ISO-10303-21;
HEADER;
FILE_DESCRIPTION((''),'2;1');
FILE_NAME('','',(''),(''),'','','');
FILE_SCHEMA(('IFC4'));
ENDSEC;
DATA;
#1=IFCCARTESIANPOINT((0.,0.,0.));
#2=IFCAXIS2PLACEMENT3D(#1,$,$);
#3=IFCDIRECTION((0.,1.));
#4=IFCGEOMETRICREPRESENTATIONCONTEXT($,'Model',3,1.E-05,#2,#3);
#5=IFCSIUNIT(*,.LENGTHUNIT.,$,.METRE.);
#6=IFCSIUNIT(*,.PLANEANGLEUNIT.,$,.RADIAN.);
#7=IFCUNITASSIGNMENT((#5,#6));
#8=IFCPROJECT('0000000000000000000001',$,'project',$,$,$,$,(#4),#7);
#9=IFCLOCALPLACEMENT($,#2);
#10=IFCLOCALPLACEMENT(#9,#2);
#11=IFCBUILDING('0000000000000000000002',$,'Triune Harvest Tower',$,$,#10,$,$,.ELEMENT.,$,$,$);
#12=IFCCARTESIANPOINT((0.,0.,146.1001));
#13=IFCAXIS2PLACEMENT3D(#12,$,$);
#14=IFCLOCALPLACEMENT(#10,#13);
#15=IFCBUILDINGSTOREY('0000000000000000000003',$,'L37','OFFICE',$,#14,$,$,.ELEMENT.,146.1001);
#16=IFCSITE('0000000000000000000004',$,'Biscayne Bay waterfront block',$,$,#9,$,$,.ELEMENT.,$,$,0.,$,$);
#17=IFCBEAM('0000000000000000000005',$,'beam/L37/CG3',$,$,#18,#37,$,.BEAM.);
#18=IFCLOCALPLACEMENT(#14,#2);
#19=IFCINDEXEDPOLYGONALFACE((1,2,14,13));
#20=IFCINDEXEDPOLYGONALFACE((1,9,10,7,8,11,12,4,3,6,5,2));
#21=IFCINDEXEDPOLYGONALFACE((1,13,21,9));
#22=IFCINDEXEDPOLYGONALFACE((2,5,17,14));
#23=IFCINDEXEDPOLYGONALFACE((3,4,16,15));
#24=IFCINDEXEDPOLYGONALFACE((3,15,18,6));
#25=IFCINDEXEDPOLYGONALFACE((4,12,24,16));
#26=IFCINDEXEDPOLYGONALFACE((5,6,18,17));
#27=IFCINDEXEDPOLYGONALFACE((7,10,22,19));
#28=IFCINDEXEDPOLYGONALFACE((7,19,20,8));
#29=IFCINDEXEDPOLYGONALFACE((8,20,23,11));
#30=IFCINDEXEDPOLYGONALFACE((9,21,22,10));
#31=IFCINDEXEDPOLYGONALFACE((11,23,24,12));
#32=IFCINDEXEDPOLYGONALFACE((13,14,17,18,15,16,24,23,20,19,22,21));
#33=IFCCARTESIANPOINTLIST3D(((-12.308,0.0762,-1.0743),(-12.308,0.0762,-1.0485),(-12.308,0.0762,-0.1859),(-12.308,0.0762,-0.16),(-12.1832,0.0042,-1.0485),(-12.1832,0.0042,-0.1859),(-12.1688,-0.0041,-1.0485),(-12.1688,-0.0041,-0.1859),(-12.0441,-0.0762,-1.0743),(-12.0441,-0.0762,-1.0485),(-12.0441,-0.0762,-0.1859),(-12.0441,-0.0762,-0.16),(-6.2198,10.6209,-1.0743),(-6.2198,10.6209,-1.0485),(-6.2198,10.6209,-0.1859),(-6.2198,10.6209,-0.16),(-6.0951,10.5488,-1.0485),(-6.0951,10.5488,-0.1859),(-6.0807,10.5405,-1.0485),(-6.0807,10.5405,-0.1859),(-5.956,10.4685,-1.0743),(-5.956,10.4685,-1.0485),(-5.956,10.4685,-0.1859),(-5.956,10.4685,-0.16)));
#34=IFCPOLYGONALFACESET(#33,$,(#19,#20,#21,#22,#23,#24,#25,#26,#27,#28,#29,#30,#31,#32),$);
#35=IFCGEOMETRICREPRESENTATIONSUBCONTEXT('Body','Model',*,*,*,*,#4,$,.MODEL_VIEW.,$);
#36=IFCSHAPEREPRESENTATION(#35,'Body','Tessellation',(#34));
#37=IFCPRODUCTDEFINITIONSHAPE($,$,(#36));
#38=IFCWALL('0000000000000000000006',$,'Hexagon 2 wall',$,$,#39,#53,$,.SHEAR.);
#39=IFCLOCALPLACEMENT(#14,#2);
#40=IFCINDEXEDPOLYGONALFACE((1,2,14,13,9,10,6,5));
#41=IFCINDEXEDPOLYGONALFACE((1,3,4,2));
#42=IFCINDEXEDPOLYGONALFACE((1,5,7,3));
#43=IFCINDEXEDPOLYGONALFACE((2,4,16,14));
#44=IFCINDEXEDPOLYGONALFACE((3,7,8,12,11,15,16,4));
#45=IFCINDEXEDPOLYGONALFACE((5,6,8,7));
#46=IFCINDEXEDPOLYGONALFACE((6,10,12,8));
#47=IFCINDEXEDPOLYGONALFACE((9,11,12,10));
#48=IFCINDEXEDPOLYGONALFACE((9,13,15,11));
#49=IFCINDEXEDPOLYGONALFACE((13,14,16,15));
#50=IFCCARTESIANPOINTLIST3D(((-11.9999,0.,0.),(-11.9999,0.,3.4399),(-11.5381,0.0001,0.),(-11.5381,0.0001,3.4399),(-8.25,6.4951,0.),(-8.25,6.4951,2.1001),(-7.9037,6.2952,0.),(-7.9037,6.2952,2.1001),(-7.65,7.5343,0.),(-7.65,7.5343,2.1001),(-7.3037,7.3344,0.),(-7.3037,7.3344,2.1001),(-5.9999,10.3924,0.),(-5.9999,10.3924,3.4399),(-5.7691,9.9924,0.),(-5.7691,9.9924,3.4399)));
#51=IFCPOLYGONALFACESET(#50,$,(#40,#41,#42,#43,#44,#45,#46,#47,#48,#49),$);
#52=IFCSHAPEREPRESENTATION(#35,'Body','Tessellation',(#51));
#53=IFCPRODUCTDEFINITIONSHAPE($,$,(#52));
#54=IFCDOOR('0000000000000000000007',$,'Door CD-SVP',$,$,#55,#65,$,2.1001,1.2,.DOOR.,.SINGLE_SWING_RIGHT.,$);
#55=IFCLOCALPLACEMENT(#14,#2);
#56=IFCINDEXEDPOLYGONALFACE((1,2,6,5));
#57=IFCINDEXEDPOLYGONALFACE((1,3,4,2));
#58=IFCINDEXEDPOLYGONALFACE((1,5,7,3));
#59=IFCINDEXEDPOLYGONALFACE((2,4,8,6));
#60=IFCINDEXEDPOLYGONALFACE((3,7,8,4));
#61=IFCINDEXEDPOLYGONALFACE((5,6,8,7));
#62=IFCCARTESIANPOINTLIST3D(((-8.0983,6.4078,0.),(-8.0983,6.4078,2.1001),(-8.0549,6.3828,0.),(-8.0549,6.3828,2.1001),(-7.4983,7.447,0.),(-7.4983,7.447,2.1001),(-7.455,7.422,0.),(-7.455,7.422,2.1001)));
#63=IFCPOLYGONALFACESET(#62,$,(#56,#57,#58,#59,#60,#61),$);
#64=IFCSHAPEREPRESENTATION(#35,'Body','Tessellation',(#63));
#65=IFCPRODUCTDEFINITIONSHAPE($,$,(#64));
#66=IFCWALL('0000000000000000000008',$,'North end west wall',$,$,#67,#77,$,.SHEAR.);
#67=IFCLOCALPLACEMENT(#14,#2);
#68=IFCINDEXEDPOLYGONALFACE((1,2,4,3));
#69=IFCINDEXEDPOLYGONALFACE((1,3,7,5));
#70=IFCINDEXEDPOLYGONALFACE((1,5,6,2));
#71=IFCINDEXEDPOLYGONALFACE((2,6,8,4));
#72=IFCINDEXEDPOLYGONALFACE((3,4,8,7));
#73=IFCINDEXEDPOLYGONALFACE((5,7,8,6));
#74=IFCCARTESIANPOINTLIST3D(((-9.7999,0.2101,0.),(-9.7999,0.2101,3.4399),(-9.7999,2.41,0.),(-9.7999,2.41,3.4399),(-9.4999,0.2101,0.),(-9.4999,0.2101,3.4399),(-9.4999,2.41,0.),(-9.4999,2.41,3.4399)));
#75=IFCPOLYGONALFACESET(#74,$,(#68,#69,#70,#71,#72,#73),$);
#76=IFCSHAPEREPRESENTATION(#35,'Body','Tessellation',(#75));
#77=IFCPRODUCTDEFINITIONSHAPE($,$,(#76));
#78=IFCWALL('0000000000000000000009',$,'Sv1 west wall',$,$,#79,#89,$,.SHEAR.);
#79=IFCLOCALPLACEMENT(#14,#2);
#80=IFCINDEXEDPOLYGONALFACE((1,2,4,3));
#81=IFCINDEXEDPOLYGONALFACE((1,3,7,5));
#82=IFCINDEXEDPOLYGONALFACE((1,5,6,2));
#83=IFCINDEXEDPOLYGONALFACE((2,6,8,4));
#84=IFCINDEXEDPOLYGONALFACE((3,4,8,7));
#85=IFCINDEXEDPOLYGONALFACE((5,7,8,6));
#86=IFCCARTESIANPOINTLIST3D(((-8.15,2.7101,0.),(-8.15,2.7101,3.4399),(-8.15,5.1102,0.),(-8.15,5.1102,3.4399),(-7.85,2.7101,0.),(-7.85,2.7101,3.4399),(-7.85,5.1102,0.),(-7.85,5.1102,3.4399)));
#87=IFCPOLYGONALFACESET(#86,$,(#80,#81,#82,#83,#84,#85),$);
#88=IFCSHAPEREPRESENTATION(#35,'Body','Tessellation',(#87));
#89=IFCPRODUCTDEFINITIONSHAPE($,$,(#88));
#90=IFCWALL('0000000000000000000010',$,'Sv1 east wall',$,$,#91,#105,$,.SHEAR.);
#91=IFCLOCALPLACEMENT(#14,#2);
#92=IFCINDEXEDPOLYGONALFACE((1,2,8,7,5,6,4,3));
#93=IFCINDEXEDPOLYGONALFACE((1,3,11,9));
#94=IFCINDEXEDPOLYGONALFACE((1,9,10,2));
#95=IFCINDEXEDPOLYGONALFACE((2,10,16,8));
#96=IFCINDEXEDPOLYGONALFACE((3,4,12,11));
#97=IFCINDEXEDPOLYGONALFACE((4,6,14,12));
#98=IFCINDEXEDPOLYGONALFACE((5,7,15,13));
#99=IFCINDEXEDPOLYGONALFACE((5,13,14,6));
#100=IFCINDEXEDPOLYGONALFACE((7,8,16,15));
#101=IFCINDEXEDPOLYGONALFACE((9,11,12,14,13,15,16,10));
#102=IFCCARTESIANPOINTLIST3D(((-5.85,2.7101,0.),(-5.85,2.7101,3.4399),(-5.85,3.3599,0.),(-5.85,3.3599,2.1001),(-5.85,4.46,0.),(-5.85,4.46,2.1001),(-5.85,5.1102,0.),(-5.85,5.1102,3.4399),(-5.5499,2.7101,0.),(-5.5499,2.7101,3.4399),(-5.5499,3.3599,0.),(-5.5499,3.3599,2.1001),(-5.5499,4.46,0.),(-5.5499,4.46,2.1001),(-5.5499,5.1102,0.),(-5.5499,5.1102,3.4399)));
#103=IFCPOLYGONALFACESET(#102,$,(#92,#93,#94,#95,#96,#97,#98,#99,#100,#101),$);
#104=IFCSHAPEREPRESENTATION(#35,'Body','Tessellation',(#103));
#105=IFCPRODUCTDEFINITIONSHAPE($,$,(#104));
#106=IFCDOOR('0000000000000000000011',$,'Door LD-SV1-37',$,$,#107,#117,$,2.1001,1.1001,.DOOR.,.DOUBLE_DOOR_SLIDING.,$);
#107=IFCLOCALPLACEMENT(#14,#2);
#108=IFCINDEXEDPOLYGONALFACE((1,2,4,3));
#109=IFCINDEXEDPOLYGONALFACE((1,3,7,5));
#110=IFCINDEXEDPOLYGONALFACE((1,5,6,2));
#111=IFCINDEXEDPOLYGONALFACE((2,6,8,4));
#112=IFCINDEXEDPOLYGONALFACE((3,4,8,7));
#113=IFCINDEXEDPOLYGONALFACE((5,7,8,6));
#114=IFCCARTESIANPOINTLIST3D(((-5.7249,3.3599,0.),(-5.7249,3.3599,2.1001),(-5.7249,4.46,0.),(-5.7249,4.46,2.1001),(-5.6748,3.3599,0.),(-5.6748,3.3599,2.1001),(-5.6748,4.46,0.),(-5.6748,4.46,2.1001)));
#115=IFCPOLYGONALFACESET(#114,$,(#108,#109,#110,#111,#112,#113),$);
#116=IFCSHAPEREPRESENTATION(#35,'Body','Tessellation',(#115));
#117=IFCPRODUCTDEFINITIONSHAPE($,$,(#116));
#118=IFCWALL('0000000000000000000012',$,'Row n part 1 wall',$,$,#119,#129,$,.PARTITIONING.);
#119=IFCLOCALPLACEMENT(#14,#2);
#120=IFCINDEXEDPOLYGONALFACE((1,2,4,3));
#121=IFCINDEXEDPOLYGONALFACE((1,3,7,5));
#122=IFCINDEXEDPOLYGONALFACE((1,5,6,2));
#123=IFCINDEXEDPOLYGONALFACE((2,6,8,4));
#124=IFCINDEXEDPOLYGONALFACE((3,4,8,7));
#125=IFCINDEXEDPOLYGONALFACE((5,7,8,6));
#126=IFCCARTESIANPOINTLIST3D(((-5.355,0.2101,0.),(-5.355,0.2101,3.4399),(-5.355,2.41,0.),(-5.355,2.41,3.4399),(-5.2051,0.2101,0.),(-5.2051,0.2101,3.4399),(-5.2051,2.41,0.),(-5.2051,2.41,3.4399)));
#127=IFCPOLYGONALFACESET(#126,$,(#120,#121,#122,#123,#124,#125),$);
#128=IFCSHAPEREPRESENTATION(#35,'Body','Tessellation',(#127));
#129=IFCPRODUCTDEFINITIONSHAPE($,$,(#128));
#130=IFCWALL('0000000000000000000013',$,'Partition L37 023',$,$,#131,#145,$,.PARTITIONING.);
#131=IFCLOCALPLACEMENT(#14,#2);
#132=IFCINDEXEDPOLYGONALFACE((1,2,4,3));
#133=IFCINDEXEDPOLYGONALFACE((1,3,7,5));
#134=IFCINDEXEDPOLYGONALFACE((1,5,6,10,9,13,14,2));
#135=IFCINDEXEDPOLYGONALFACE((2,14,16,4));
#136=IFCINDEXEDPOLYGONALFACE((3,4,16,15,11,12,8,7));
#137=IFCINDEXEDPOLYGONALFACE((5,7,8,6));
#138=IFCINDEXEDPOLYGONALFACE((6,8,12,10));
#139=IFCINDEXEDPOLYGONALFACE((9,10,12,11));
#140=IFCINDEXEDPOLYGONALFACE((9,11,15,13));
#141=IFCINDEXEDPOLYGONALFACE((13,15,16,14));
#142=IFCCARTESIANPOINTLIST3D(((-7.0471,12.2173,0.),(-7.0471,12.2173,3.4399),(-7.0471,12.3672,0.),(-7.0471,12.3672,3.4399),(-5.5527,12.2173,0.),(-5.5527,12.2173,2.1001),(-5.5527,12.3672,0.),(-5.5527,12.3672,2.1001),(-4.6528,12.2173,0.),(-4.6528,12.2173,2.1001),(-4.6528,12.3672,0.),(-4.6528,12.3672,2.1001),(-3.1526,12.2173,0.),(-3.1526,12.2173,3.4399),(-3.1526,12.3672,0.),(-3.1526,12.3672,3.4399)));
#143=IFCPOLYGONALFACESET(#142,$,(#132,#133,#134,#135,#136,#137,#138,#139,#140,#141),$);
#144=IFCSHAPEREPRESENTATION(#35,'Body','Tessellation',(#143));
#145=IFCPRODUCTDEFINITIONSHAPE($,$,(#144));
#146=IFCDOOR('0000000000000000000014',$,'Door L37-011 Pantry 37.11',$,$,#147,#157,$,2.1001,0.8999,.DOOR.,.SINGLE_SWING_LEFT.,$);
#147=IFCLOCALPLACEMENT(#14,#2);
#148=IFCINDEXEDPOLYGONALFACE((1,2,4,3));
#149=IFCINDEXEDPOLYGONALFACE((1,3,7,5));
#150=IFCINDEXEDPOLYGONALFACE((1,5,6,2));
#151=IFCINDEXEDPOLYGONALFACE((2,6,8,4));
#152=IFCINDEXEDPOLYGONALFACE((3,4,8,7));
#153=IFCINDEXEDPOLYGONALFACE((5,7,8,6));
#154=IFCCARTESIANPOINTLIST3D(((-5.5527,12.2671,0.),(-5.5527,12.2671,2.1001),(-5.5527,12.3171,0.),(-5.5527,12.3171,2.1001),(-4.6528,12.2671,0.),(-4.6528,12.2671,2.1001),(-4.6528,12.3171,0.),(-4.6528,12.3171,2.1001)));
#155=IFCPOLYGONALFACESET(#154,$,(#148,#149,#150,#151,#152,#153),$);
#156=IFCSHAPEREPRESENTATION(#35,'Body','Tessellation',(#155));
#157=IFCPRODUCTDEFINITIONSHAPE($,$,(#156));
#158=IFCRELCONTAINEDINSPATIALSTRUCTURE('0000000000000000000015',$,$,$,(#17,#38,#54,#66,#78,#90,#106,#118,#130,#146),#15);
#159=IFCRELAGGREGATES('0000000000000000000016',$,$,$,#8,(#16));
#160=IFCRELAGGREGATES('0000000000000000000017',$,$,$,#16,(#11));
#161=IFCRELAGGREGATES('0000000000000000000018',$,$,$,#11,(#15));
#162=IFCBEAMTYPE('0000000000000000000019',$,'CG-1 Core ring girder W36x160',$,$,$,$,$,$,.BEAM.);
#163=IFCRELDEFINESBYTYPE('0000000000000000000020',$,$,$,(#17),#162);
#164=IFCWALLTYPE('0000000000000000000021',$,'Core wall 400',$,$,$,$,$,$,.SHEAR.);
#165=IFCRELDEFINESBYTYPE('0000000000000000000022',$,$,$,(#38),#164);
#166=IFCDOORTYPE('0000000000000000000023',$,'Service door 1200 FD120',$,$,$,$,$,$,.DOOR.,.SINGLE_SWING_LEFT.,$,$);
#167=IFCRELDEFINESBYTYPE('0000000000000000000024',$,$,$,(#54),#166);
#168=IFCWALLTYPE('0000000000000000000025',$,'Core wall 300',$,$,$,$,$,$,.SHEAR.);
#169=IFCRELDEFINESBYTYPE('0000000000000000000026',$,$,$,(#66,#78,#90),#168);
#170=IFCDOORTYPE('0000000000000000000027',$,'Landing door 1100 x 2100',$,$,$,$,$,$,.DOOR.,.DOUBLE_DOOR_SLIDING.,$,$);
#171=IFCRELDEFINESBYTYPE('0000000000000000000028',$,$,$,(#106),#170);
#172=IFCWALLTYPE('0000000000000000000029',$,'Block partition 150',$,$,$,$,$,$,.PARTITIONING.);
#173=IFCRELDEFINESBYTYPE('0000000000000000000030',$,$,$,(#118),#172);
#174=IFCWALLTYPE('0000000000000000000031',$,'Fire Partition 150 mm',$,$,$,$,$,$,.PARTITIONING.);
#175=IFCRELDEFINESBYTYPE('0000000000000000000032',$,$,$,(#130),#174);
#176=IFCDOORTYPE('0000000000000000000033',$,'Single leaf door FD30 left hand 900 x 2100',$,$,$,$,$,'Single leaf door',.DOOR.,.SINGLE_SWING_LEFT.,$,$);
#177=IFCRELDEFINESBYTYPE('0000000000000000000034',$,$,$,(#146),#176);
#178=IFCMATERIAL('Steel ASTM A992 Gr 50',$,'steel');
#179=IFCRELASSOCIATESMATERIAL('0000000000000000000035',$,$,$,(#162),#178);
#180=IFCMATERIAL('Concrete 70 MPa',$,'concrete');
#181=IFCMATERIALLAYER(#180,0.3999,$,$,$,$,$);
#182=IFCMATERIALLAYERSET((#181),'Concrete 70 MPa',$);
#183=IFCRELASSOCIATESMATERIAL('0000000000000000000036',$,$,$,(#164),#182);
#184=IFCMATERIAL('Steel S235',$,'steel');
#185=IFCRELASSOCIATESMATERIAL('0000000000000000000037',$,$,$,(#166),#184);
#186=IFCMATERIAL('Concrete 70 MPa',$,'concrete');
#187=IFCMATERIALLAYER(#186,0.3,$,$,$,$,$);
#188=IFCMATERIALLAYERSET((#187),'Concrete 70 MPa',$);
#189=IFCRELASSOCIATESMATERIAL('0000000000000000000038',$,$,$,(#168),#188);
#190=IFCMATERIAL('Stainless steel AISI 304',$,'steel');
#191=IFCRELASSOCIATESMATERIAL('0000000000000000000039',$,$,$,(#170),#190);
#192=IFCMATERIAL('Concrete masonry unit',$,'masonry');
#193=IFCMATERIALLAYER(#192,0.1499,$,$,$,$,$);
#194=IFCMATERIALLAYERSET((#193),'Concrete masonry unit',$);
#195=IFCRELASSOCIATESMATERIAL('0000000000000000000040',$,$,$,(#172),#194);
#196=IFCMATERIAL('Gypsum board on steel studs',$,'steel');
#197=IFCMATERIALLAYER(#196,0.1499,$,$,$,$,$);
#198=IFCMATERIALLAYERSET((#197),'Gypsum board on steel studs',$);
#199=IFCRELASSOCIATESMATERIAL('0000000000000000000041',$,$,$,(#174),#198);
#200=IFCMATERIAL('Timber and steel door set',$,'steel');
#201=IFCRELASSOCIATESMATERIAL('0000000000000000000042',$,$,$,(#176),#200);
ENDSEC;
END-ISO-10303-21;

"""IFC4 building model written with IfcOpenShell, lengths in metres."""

from ifc_helpers import new_model, si_unit, direction, frame, frame_2d, origin, origin_2d, place, context, subcontext, project, spatial, polyline, rectangle, i_section, outline, extrude, source, transform, mapped, material, layer, layer_set, material_profile, profile_set, type_object, element, fill, save


model = new_model("IFC4")

# Units and contexts
model_context = context("Model", 3, precision=1e-05, world=origin(), true_north=direction((0.0, 1.0)))
body_context = subcontext(model_context, "Body", "Model", "MODEL_VIEW")
ifc_project = project(units=[si_unit("LENGTHUNIT", "METRE"), si_unit("PLANEANGLEUNIT", "RADIAN")], contexts=[model_context])

# Site, building, storey
site_placement = place(None, origin())
site = spatial("IfcSite", under=ifc_project, at=site_placement, Name="Biscayne Bay waterfront block", CompositionType="ELEMENT", RefElevation=0.0)
building_placement = place(site_placement, origin())
building = spatial("IfcBuilding", under=site, at=building_placement, Name="Triune Harvest Tower", CompositionType="ELEMENT")
storey_placement = place(building_placement, frame((0.0, 0.0, 146.1001)))
storey = spatial("IfcBuildingStorey", under=building, at=storey_placement, Name="L37", Description="OFFICE", CompositionType="ELEMENT", Elevation=146.1001)

# Beam
ifc_material_1 = material(Name="Steel ASTM A992 Gr 50", Category="steel")
ifc_material_profile = material_profile(ifc_material_1, i_section(OverallWidth=0.3047, OverallDepth=0.9143, WebThickness=0.0166, FlangeThickness=0.0259, at=origin_2d()), Name="W36x160")
ifc_profile_set = profile_set([ifc_material_profile], Name="Steel ASTM A992 Gr 50")
beam_type = type_object("IfcBeamType", Name="CG-1 Core ring girder W36x160", PredefinedType="BEAM", material=ifc_profile_set)
shared_shape_1 = source(origin(), body_context, "Body", "SweptSolid", [
    extrude(i_section(OverallWidth=0.3047, OverallDepth=0.9143, WebThickness=0.0166, FlangeThickness=0.0259, at=origin_2d()), origin(), (0.0, 0.0, 1.0), 12.176),
])
beam_placement = place(storey_placement, frame((-6.0879, 10.5447, -0.6172), z_axis=(-0.50001, -0.86602, 0.0), x_axis=(0.86602, -0.50001, 0.0)))
element("IfcBeam", 1, at=beam_placement, inside=storey, type_object=beam_type, Name="beam/L37/CG3", PredefinedType="BEAM", context=body_context, shape_type="MappedRepresentation", body=[
    mapped(shared_shape_1, transform((0.0, 0.0, 0.0), scale=1.0)),
])

# Wall, opening, door
ifc_material_2 = material(Name="Concrete 70 MPa", Category="concrete")
ifc_layer_1 = layer(ifc_material_2, 0.3999)
ifc_layer_set_1 = layer_set([ifc_layer_1], Name="Concrete 70 MPa")
wall_type_1 = type_object("IfcWallType", Name="Core wall 400", PredefinedType="SHEAR", material=ifc_layer_set_1)
shared_shape_2 = source(origin(), body_context, "Body", "SweptSolid", [
    extrude(outline(polyline([(-0.1155, -0.2), (11.8845, -0.2), (11.6536, 0.2), (0.1155, 0.2), (-0.1155, -0.2)])), origin(), (0.0, 0.0, 1.0), 3.4399),
])
wall_1_placement = place(storey_placement, frame((-5.8845, 10.1924, 0.0), z_axis=(0.0, 0.0, 1.0), x_axis=(-0.499997, -0.866027, 0.0)))
wall_1 = element("IfcWall", 2, at=wall_1_placement, inside=storey, type_object=wall_type_1, Name="Hexagon 2 wall", PredefinedType="SHEAR", context=body_context, shape_type="MappedRepresentation", body=[
    mapped(shared_shape_2, transform((0.0, 0.0, 0.0), scale=1.0)),
])
opening_1_placement = place(wall_1_placement, frame((3.1846, 0.0, 0.0)))
opening_1 = element("IfcOpeningElement", 3, at=opening_1_placement, cuts=wall_1, PredefinedType="OPENING", context=body_context, shape_type="SweptSolid", body=[
    extrude(rectangle(XDim=1.2, YDim=2.1001, at=frame_2d((0.6001, 1.05))), frame((0.0, 0.21, 0.0), z_axis=(0.0, -1.0, 0.0), x_axis=(1.0, 0.0, 0.0)), (0.0, 0.0, 1.0), 0.4199),
])
ifc_material_3 = material(Name="Steel S235", Category="steel")
door_type_1 = type_object("IfcDoorType", Name="Service door 1200 FD120", OperationType="SINGLE_SWING_LEFT", PredefinedType="DOOR", material=ifc_material_3)
door_1_placement = place(opening_1_placement, frame((1.2, 0.0, 0.0), z_axis=(0.0, 0.0, 1.0), x_axis=(-1.0, 0.0, 0.0)))
door_1 = element("IfcDoor", 4, at=door_1_placement, inside=storey, type_object=door_type_1, Name="Door CD-SVP", OperationType="SINGLE_SWING_RIGHT", OverallHeight=2.1001, OverallWidth=1.2, PredefinedType="DOOR", context=body_context, shape_type="SweptSolid", body=[
    extrude(rectangle(XDim=1.2, YDim=2.1001, at=frame_2d((0.6001, 1.05))), frame((0.0, 0.0249, 0.0), z_axis=(0.0, -1.0, 0.0), x_axis=(1.0, 0.0, 0.0)), (0.0, 0.0, 1.0), 0.05),
])
fill(opening_1, door_1)

# Walls
ifc_material_4 = material(Name="Concrete 70 MPa", Category="concrete")
ifc_layer_2 = layer(ifc_material_4, 0.3)
ifc_layer_set_2 = layer_set([ifc_layer_2], Name="Concrete 70 MPa")
wall_type_2 = type_object("IfcWallType", Name="Core wall 300", PredefinedType="SHEAR", material=ifc_layer_set_2)
shared_shape_3 = source(origin(), body_context, "Body", "SweptSolid", [
    extrude(rectangle(XDim=2.2, YDim=0.3, at=frame_2d((1.1001, 0.0))), origin(), (0.0, 0.0, 1.0), 3.4399),
])
wall_2_placement = place(storey_placement, frame((-9.6499, 0.21, 0.0), z_axis=(0.0, 0.0, 1.0), x_axis=(0.0, 1.0, 0.0)))
element("IfcWall", 5, at=wall_2_placement, inside=storey, type_object=wall_type_2, Name="North end west wall", PredefinedType="SHEAR", context=body_context, shape_type="MappedRepresentation", body=[
    mapped(shared_shape_3, transform((0.0, 0.0, 0.0), scale=1.0)),
])
shared_shape_4 = source(origin(), body_context, "Body", "SweptSolid", [
    extrude(rectangle(XDim=2.4001, YDim=0.3, at=frame_2d((1.2002, 0.0))), origin(), (0.0, 0.0, 1.0), 3.4399),
])
wall_3_placement = place(storey_placement, frame((-8.0, 2.71, 0.0), z_axis=(0.0, 0.0, 1.0), x_axis=(0.0, 1.0, 0.0)))
element("IfcWall", 6, at=wall_3_placement, inside=storey, type_object=wall_type_2, Name="Sv1 west wall", PredefinedType="SHEAR", context=body_context, shape_type="MappedRepresentation", body=[
    mapped(shared_shape_4, transform((0.0, 0.0, 0.0), scale=1.0)),
])

# Wall, opening, door
wall_4_placement = place(storey_placement, frame((-5.7, 2.71, 0.0), z_axis=(0.0, 0.0, 1.0), x_axis=(0.0, 1.0, 0.0)))
wall_4 = element("IfcWall", 7, at=wall_4_placement, inside=storey, type_object=wall_type_2, Name="Sv1 east wall", PredefinedType="SHEAR", context=body_context, shape_type="MappedRepresentation", body=[
    mapped(shared_shape_4, transform((0.0, 0.0, 0.0), scale=1.0)),
])
opening_2_placement = place(wall_4_placement, frame((0.6499, 0.0, 0.0)))
opening_2 = element("IfcOpeningElement", 8, at=opening_2_placement, cuts=wall_4, PredefinedType="OPENING", context=body_context, shape_type="SweptSolid", body=[
    extrude(rectangle(XDim=1.1001, YDim=2.1001, at=frame_2d((0.55, 1.05))), frame((0.0, 0.1602, 0.0), z_axis=(0.0, -1.0, 0.0), x_axis=(1.0, 0.0, 0.0)), (0.0, 0.0, 1.0), 0.3201),
])
ifc_material_5 = material(Name="Stainless steel AISI 304", Category="steel")
door_type_2 = type_object("IfcDoorType", Name="Landing door 1100 x 2100", OperationType="DOUBLE_DOOR_SLIDING", PredefinedType="DOOR", material=ifc_material_5)
door_2_placement = place(opening_2_placement, origin())
door_2 = element("IfcDoor", 9, at=door_2_placement, inside=storey, type_object=door_type_2, Name="Door LD-SV1-37", OperationType="DOUBLE_DOOR_SLIDING", OverallHeight=2.1001, OverallWidth=1.1001, PredefinedType="DOOR", context=body_context, shape_type="SweptSolid", body=[
    extrude(rectangle(XDim=1.1001, YDim=2.1001, at=frame_2d((0.55, 1.05))), frame((0.0, 0.0249, 0.0), z_axis=(0.0, -1.0, 0.0), x_axis=(1.0, 0.0, 0.0)), (0.0, 0.0, 1.0), 0.05),
])
fill(opening_2, door_2)

# Wall
ifc_material_6 = material(Name="Concrete masonry unit", Category="masonry")
ifc_layer_3 = layer(ifc_material_6, 0.1499)
ifc_layer_set_3 = layer_set([ifc_layer_3], Name="Concrete masonry unit")
wall_type_3 = type_object("IfcWallType", Name="Block partition 150", PredefinedType="PARTITIONING", material=ifc_layer_set_3)
shared_shape_5 = source(origin(), body_context, "Body", "SweptSolid", [
    extrude(rectangle(XDim=2.2, YDim=0.1499, at=frame_2d((1.1001, 0.0))), origin(), (0.0, 0.0, 1.0), 3.4399),
])
wall_5_placement = place(storey_placement, frame((-5.28, 0.21, 0.0), z_axis=(0.0, 0.0, 1.0), x_axis=(0.0, 1.0, 0.0)))
element("IfcWall", 10, at=wall_5_placement, inside=storey, type_object=wall_type_3, Name="Row n part 1 wall", PredefinedType="PARTITIONING", context=body_context, shape_type="MappedRepresentation", body=[
    mapped(shared_shape_5, transform((0.0, 0.0, 0.0), scale=1.0)),
])

# Wall, opening, door
ifc_material_7 = material(Name="Gypsum board on steel studs", Category="steel")
ifc_layer_4 = layer(ifc_material_7, 0.1499)
ifc_layer_set_4 = layer_set([ifc_layer_4], Name="Gypsum board on steel studs")
wall_type_4 = type_object("IfcWallType", Name="Fire Partition 150 mm", PredefinedType="PARTITIONING", material=ifc_layer_set_4)
shared_shape_6 = source(origin(), body_context, "Body", "SweptSolid", [
    extrude(rectangle(XDim=3.8945, YDim=0.1499, at=frame_2d((1.9473, 0.0))), origin(), (0.0, 0.0, 1.0), 3.4399),
])
wall_6_placement = place(storey_placement, frame((-7.0471, 12.2922, 0.0), z_axis=(0.0, 0.0, 1.0), x_axis=(1.0, 0.0, 0.0)))
wall_6 = element("IfcWall", 11, at=wall_6_placement, inside=storey, type_object=wall_type_4, Name="Partition L37 023", PredefinedType="PARTITIONING", context=body_context, shape_type="MappedRepresentation", body=[
    mapped(shared_shape_6, transform((0.0, 0.0, 0.0), scale=1.0)),
])
opening_3_placement = place(wall_6_placement, frame((1.4944, 0.0, 0.0)))
opening_3 = element("IfcOpeningElement", 12, at=opening_3_placement, cuts=wall_6, PredefinedType="OPENING", context=body_context, shape_type="SweptSolid", body=[
    extrude(rectangle(XDim=0.8999, YDim=2.1001, at=frame_2d((0.45, 1.05))), frame((0.0, 0.085, 0.0), z_axis=(0.0, -1.0, 0.0), x_axis=(1.0, 0.0, 0.0)), (0.0, 0.0, 1.0), 0.1699),
])
ifc_material_8 = material(Name="Timber and steel door set", Category="steel")
door_type_3 = type_object("IfcDoorType", Name="Single leaf door FD30 left hand 900 x 2100", ElementType="Single leaf door", OperationType="SINGLE_SWING_LEFT", PredefinedType="DOOR", material=ifc_material_8)
door_3_placement = place(opening_3_placement, origin())
door_3 = element("IfcDoor", 13, at=door_3_placement, inside=storey, type_object=door_type_3, Name="Door L37-011 Pantry 37.11", OperationType="SINGLE_SWING_LEFT", OverallHeight=2.1001, OverallWidth=0.8999, PredefinedType="DOOR", context=body_context, shape_type="SweptSolid", body=[
    extrude(rectangle(XDim=0.8999, YDim=2.1001, at=frame_2d((0.45, 1.05))), frame((0.0, 0.0249, 0.0), z_axis=(0.0, -1.0, 0.0), x_axis=(1.0, 0.0, 0.0)), (0.0, 0.0, 1.0), 0.05),
])
fill(opening_3, door_3)

save(model, "model.ifc")
